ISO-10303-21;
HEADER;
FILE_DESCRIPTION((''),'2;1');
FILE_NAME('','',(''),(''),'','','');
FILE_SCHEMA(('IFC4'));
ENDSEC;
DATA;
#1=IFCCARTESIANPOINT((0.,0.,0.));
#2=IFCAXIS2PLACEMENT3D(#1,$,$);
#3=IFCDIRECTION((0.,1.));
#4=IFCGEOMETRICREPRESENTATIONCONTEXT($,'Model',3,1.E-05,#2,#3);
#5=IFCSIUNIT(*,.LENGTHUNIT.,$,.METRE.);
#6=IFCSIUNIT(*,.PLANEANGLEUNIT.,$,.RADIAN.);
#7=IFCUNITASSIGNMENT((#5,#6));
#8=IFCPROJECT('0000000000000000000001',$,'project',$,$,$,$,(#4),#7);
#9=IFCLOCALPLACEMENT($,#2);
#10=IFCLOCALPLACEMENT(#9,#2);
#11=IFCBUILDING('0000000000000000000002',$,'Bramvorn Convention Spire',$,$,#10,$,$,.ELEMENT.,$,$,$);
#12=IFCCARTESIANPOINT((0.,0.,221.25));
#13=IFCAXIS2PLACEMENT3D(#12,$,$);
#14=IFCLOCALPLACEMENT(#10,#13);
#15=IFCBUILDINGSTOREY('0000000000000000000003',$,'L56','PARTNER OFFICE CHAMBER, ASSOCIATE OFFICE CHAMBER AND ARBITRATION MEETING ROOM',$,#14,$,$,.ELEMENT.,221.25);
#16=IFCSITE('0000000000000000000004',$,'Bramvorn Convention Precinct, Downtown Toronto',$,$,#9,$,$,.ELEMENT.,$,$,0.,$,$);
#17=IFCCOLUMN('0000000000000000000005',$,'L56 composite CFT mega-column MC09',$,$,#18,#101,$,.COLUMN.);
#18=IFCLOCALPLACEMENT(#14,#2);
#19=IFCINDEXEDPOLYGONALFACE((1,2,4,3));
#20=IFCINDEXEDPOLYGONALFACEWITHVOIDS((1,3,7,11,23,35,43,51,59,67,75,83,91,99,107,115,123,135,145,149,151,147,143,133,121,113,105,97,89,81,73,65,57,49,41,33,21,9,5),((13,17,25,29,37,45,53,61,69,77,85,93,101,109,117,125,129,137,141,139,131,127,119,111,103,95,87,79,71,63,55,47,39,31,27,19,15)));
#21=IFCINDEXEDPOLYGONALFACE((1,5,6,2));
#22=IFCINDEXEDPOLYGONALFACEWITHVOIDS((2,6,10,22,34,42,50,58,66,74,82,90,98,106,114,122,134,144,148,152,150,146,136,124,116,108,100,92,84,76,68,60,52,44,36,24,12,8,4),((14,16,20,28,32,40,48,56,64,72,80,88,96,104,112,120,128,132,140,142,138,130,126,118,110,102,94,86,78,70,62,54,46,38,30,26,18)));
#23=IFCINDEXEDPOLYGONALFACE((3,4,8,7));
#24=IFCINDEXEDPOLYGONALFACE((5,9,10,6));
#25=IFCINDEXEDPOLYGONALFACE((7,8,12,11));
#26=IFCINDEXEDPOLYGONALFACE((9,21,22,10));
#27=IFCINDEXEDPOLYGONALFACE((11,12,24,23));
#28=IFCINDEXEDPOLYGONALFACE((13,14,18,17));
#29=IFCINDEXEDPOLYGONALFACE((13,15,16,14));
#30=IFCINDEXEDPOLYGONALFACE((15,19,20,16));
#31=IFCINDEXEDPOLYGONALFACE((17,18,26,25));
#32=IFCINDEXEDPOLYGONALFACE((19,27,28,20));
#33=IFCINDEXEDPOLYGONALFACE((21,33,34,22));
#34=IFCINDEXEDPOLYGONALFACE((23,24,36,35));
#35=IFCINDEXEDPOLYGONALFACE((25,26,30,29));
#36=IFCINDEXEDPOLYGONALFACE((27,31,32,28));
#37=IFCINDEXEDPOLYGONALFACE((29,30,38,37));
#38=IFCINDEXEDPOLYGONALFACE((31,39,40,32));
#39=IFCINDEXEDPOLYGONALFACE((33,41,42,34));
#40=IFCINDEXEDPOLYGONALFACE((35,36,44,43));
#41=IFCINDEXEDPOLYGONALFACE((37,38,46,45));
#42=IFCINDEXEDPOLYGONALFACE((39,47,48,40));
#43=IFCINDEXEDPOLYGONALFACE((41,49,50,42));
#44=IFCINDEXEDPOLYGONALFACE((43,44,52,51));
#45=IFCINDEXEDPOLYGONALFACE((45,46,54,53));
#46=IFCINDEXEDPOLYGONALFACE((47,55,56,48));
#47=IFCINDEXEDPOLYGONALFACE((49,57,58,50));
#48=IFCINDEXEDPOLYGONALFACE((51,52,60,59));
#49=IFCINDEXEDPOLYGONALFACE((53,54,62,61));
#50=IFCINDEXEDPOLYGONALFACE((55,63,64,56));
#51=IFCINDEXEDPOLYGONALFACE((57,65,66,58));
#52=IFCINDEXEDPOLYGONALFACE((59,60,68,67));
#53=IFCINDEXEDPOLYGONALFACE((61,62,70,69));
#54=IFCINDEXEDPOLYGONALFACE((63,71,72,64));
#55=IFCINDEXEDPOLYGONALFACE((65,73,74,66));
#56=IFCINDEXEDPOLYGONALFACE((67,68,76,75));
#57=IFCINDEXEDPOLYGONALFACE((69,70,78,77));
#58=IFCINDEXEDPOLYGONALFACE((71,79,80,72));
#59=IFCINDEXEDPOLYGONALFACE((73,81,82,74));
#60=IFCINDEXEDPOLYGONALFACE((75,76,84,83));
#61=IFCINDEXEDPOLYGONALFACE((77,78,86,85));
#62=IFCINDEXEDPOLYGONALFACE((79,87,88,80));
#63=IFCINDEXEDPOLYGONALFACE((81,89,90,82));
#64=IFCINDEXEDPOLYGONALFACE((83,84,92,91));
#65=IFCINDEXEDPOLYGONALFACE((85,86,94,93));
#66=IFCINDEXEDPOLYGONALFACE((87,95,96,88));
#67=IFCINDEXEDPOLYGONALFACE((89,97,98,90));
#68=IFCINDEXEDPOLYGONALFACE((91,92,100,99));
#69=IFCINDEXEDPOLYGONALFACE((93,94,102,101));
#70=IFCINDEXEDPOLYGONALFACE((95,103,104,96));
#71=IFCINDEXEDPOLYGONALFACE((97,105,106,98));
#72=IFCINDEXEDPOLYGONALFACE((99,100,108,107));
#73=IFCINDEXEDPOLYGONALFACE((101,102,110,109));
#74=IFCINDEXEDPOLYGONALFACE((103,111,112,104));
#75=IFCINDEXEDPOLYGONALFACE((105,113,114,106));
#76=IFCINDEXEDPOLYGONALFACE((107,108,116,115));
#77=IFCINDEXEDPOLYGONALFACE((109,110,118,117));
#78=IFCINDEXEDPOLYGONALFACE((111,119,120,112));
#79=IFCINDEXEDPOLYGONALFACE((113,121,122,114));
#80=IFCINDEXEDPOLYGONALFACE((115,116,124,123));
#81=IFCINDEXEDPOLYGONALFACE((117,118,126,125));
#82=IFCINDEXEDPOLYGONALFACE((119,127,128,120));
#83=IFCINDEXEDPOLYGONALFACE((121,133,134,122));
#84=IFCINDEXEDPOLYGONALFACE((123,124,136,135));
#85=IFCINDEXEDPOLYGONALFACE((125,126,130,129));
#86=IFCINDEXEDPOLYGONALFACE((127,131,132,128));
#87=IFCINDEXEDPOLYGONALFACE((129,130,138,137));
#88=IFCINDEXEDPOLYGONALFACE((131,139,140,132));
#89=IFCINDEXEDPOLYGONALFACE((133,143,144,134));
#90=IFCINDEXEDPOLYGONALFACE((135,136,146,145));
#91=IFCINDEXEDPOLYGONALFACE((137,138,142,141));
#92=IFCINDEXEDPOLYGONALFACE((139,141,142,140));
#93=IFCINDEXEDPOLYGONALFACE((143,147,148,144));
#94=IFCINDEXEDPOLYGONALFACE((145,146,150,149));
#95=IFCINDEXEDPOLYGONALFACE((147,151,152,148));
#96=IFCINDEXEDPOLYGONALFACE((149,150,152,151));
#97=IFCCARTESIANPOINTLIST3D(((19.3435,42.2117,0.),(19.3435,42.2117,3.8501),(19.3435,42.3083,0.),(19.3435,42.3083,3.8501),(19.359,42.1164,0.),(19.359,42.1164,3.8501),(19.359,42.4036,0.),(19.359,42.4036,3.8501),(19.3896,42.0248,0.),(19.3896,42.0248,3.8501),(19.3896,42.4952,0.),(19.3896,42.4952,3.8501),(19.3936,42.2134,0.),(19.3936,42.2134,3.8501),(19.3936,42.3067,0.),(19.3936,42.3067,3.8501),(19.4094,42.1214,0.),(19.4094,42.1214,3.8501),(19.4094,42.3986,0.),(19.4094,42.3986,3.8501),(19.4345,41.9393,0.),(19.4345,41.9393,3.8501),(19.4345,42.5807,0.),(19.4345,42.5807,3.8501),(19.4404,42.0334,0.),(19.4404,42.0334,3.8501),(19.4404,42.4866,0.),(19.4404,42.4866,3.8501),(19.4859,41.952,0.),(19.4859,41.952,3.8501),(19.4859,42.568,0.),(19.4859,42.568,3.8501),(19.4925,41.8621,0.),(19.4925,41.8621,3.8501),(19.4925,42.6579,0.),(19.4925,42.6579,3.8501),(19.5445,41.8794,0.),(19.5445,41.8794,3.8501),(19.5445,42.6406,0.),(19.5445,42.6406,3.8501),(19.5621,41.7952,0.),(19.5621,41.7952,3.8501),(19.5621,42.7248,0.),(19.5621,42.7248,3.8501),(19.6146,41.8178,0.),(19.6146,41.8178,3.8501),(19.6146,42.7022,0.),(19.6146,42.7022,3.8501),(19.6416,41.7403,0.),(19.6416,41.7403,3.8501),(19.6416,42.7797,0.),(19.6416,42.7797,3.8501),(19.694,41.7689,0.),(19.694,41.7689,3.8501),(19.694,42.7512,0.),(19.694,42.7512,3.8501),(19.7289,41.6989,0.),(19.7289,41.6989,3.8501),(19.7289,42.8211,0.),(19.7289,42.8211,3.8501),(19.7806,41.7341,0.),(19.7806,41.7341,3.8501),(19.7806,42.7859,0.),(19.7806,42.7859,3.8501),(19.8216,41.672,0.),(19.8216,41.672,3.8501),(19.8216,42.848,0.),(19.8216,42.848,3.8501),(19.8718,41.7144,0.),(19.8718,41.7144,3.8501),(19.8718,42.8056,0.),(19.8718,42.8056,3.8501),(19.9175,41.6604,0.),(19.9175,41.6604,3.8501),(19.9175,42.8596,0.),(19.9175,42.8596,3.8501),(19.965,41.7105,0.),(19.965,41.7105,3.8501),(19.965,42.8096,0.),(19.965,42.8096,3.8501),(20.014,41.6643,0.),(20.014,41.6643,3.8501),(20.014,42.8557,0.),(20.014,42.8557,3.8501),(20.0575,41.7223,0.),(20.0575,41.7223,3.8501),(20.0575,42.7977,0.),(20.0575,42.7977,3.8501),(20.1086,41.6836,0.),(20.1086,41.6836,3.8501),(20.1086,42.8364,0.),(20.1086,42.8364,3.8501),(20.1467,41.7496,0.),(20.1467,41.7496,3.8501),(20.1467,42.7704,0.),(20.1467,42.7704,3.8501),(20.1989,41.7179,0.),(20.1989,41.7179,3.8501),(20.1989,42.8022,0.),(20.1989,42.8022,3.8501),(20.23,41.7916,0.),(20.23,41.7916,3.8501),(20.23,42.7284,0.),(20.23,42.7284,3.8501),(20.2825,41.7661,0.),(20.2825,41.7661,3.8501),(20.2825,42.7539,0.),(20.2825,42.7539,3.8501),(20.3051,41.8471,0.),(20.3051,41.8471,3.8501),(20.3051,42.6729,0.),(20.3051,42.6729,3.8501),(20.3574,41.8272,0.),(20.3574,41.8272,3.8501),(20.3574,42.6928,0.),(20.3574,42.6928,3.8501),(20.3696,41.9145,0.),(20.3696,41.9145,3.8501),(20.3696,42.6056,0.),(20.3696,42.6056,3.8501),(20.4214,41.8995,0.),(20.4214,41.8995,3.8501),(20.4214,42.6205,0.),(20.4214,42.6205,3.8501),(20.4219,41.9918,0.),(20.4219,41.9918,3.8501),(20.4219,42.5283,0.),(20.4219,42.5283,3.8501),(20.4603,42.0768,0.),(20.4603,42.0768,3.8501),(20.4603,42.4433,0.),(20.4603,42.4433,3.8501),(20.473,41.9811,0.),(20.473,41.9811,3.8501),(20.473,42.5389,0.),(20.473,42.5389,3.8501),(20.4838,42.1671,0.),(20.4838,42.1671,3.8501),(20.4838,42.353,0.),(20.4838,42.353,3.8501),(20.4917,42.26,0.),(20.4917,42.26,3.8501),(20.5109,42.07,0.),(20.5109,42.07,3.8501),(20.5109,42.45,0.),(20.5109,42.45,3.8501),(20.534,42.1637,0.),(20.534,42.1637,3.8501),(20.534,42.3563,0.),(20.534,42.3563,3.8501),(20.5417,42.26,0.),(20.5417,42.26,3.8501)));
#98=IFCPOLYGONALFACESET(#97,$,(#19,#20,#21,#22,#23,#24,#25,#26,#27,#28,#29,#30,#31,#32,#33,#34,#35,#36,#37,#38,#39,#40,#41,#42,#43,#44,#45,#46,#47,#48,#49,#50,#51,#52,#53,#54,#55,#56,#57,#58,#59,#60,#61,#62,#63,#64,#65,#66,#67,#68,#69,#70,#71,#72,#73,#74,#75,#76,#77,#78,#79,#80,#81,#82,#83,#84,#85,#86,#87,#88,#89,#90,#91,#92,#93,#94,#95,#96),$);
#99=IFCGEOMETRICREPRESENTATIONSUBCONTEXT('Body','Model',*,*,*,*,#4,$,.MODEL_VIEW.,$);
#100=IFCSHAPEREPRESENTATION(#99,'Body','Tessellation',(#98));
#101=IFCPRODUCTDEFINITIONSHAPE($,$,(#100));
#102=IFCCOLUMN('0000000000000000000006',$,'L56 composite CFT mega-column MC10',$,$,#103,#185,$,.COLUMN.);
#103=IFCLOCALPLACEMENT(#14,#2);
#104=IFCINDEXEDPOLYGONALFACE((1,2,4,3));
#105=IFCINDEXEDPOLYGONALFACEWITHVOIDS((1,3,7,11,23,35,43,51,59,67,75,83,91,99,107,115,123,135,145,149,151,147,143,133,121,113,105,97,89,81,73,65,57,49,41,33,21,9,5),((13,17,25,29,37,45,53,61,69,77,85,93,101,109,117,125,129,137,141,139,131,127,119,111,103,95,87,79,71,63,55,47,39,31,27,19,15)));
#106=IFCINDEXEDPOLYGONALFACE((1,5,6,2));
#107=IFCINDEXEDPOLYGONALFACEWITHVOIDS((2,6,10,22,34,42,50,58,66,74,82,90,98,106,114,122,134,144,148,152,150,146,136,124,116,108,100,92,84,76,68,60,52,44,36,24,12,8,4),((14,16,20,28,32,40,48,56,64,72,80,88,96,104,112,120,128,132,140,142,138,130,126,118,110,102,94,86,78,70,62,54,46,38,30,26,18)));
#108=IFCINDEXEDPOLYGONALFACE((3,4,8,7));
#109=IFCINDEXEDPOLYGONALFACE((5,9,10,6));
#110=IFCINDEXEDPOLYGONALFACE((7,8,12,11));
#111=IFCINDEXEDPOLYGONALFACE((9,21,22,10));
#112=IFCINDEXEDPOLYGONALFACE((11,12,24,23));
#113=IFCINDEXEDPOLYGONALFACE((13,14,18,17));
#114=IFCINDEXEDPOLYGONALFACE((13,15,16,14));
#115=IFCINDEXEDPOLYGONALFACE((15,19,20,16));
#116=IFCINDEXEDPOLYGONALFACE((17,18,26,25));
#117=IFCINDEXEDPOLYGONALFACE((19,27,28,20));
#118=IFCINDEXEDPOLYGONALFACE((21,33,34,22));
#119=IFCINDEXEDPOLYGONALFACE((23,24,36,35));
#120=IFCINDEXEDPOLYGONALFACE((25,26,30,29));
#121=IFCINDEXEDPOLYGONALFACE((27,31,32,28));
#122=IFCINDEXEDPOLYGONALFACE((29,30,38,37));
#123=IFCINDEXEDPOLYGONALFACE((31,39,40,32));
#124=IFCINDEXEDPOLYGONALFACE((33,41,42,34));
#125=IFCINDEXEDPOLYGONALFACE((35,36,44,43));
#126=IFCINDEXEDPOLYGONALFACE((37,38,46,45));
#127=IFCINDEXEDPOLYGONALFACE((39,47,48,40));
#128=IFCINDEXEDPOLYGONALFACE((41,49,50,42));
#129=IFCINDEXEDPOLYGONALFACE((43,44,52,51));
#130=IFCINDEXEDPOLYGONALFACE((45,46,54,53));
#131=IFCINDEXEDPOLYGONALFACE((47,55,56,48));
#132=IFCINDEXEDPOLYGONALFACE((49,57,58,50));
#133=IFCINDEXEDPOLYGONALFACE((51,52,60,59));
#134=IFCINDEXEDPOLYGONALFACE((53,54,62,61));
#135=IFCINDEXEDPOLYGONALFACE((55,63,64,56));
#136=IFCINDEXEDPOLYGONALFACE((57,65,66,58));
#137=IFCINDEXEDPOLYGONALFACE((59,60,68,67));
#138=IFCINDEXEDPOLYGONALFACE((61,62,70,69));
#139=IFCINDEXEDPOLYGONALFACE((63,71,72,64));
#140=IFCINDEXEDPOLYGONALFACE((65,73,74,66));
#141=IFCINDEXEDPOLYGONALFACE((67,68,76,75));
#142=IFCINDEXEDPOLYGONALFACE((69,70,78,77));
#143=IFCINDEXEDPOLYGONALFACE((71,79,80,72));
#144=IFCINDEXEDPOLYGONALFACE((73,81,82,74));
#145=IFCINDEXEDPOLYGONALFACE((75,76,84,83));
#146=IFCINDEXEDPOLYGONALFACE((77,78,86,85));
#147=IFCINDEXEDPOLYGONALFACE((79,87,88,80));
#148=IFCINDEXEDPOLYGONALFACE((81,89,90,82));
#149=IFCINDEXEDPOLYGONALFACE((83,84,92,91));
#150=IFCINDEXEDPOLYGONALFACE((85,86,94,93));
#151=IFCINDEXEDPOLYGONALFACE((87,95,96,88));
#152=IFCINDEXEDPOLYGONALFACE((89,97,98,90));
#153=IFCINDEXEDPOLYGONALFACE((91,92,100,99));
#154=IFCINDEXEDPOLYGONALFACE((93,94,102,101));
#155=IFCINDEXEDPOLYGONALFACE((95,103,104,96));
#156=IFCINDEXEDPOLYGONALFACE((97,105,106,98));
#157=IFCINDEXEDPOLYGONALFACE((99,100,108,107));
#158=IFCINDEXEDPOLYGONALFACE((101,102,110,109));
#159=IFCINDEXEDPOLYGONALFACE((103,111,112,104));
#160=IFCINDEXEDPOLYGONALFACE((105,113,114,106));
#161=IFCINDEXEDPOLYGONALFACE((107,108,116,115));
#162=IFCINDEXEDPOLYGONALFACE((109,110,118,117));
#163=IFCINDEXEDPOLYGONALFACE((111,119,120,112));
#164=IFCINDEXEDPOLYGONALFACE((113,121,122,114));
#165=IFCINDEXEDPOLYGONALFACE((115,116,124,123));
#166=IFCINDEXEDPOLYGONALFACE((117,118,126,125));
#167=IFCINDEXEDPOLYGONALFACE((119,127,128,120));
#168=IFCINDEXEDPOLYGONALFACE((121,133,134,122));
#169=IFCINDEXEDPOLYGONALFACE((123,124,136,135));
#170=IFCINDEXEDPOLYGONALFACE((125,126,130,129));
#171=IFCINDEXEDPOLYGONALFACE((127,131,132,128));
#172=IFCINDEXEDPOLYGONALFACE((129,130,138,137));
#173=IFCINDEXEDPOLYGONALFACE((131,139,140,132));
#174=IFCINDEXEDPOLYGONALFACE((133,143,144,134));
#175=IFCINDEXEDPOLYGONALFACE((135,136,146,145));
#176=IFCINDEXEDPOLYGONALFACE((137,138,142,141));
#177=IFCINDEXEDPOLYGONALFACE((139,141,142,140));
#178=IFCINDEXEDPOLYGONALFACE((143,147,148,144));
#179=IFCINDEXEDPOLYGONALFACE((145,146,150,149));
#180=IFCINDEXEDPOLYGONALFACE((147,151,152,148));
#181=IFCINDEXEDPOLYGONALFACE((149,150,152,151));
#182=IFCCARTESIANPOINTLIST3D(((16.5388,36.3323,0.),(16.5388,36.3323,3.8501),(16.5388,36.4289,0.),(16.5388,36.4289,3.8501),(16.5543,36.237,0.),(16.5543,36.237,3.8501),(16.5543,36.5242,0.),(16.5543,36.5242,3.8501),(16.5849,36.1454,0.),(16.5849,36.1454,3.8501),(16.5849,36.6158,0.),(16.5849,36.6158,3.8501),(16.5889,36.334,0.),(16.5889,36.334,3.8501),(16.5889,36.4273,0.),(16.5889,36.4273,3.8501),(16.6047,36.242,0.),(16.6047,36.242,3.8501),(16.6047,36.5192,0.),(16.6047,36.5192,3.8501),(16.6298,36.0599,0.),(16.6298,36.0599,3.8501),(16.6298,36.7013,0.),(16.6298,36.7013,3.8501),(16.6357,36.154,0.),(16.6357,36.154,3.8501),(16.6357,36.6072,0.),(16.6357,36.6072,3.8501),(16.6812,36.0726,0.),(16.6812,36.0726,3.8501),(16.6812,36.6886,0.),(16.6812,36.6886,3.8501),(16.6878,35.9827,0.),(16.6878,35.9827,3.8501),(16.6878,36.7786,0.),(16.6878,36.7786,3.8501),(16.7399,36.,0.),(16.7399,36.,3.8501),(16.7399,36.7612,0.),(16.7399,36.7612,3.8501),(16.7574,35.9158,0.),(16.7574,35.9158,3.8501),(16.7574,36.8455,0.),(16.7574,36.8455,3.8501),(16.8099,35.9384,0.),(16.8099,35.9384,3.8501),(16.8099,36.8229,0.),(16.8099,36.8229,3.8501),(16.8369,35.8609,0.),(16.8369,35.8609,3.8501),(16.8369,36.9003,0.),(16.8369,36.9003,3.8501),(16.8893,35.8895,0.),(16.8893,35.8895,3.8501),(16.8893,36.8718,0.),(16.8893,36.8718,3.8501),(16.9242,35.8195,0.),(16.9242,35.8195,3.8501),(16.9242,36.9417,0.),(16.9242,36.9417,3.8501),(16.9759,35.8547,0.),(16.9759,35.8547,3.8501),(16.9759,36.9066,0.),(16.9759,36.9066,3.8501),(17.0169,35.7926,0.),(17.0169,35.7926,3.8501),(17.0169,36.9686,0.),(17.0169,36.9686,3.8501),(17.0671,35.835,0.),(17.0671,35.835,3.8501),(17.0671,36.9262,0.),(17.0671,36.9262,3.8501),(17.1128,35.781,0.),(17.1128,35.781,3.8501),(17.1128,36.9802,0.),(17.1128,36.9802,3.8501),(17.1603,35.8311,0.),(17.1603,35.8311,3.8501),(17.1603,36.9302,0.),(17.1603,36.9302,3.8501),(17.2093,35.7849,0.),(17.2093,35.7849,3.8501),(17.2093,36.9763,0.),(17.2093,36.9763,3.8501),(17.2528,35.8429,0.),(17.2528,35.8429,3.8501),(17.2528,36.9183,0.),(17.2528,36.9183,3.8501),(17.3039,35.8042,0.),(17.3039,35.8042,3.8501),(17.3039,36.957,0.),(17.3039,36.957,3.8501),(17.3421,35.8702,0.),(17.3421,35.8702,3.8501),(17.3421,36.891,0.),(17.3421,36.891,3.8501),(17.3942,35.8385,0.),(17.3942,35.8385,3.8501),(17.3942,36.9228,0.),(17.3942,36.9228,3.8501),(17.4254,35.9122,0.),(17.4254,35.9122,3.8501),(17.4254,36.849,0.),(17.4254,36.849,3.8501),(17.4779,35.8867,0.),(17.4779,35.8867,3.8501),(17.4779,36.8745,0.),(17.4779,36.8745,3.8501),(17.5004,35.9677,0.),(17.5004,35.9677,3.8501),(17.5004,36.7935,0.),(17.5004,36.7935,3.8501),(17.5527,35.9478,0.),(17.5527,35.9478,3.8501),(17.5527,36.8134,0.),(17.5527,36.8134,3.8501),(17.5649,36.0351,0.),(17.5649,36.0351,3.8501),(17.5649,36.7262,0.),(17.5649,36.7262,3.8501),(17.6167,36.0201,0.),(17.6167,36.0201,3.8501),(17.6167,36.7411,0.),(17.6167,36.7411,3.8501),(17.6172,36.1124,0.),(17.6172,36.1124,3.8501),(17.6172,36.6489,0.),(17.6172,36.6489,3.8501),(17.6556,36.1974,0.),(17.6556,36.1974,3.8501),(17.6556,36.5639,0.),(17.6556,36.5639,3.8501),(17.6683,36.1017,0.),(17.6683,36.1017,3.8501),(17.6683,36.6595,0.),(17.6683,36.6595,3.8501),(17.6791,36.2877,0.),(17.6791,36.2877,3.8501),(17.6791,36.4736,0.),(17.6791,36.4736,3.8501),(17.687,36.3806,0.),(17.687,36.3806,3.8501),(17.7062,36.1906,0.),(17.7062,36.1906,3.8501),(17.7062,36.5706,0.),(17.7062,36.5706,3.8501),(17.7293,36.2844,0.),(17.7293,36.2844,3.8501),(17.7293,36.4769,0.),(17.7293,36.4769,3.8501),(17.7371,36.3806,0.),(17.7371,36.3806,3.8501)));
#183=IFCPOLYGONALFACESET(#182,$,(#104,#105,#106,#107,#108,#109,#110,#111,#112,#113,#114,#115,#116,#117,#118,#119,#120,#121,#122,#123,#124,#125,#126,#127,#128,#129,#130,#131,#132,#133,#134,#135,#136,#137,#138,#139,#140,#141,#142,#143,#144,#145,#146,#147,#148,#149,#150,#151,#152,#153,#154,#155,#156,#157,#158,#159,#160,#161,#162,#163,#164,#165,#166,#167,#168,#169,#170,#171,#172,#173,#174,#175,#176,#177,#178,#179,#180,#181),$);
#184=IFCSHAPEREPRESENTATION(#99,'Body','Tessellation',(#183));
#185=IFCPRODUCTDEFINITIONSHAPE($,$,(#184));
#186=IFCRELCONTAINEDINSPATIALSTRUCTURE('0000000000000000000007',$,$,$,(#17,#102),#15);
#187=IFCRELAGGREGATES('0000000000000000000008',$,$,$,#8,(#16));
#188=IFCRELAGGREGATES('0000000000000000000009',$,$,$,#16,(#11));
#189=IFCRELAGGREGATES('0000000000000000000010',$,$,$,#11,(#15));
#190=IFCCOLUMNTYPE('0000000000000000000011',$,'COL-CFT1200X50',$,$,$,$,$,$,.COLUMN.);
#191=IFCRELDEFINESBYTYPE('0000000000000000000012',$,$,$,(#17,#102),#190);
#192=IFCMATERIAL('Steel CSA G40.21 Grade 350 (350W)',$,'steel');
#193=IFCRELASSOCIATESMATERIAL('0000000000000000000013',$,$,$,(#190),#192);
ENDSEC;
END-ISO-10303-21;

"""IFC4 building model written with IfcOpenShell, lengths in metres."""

from ifc_helpers import new_model, si_unit, direction, frame, origin, origin_2d, place, context, subcontext, project, spatial, hollow_circle, extrude, material, material_profile, profile_set, type_object, element, save


model = new_model("IFC4")

# Units and contexts
model_context = context("Model", 3, precision=1e-05, world=origin(), true_north=direction((0.0, 1.0)))
body_context = subcontext(model_context, "Body", "Model", "MODEL_VIEW")
ifc_project = project(units=[si_unit("LENGTHUNIT", "METRE"), si_unit("PLANEANGLEUNIT", "RADIAN")], contexts=[model_context])

# Site, building, storey
site_placement = place(None, origin())
site = spatial("IfcSite", under=ifc_project, at=site_placement, Name="Bramvorn Convention Precinct, Downtown Toronto", CompositionType="ELEMENT", RefElevation=0.0)
building_placement = place(site_placement, origin())
building = spatial("IfcBuilding", under=site, at=building_placement, Name="Bramvorn Convention Spire", CompositionType="ELEMENT")
storey_placement = place(building_placement, frame((0.0, 0.0, 221.25)))
storey = spatial("IfcBuildingStorey", under=building, at=storey_placement, Name="L56", Description="PARTNER OFFICE CHAMBER, ASSOCIATE OFFICE CHAMBER AND ARBITRATION MEETING ROOM", CompositionType="ELEMENT", Elevation=221.25)

# Columns
ifc_material_1 = material(Name="Steel CSA G40.21 Grade 350 (350W)", Category="steel")
ifc_material_profile_1 = material_profile(ifc_material_1, hollow_circle(Radius=0.6001, WallThickness=0.05, at=origin_2d()))
ifc_profile_set_1 = profile_set([ifc_material_profile_1], Name="Steel CSA G40.21 Grade 350 (350W) - CFT1200X50")
column_type = type_object("IfcColumnType", Name="COL-CFT1200X50", PredefinedType="COLUMN", material=ifc_profile_set_1)
for number, where, z_axis, x_axis, name in (
    (1, (19.9417, 42.26, 0.0), (0.0, 0.0, 1.0), (1.0, 0.0, 0.0), "L56 composite CFT mega-column MC09"),
    (2, (17.137, 36.3806, 0.0), (0.0, 0.0, 1.0), (1.0, 0.0, 0.0), "L56 composite CFT mega-column MC10"),
):
    element("IfcColumn", number, at=place(storey_placement, frame(where, z_axis=z_axis, x_axis=x_axis)), inside=storey, type_object=column_type, Name=name, PredefinedType="COLUMN", context=body_context, shape_type="SweptSolid", body=[
        extrude(hollow_circle(Radius=0.6001, WallThickness=0.05, at=origin_2d()), origin(), (0.0, 0.0, 1.0), 3.8501),
    ])

save(model, "model.ifc")
